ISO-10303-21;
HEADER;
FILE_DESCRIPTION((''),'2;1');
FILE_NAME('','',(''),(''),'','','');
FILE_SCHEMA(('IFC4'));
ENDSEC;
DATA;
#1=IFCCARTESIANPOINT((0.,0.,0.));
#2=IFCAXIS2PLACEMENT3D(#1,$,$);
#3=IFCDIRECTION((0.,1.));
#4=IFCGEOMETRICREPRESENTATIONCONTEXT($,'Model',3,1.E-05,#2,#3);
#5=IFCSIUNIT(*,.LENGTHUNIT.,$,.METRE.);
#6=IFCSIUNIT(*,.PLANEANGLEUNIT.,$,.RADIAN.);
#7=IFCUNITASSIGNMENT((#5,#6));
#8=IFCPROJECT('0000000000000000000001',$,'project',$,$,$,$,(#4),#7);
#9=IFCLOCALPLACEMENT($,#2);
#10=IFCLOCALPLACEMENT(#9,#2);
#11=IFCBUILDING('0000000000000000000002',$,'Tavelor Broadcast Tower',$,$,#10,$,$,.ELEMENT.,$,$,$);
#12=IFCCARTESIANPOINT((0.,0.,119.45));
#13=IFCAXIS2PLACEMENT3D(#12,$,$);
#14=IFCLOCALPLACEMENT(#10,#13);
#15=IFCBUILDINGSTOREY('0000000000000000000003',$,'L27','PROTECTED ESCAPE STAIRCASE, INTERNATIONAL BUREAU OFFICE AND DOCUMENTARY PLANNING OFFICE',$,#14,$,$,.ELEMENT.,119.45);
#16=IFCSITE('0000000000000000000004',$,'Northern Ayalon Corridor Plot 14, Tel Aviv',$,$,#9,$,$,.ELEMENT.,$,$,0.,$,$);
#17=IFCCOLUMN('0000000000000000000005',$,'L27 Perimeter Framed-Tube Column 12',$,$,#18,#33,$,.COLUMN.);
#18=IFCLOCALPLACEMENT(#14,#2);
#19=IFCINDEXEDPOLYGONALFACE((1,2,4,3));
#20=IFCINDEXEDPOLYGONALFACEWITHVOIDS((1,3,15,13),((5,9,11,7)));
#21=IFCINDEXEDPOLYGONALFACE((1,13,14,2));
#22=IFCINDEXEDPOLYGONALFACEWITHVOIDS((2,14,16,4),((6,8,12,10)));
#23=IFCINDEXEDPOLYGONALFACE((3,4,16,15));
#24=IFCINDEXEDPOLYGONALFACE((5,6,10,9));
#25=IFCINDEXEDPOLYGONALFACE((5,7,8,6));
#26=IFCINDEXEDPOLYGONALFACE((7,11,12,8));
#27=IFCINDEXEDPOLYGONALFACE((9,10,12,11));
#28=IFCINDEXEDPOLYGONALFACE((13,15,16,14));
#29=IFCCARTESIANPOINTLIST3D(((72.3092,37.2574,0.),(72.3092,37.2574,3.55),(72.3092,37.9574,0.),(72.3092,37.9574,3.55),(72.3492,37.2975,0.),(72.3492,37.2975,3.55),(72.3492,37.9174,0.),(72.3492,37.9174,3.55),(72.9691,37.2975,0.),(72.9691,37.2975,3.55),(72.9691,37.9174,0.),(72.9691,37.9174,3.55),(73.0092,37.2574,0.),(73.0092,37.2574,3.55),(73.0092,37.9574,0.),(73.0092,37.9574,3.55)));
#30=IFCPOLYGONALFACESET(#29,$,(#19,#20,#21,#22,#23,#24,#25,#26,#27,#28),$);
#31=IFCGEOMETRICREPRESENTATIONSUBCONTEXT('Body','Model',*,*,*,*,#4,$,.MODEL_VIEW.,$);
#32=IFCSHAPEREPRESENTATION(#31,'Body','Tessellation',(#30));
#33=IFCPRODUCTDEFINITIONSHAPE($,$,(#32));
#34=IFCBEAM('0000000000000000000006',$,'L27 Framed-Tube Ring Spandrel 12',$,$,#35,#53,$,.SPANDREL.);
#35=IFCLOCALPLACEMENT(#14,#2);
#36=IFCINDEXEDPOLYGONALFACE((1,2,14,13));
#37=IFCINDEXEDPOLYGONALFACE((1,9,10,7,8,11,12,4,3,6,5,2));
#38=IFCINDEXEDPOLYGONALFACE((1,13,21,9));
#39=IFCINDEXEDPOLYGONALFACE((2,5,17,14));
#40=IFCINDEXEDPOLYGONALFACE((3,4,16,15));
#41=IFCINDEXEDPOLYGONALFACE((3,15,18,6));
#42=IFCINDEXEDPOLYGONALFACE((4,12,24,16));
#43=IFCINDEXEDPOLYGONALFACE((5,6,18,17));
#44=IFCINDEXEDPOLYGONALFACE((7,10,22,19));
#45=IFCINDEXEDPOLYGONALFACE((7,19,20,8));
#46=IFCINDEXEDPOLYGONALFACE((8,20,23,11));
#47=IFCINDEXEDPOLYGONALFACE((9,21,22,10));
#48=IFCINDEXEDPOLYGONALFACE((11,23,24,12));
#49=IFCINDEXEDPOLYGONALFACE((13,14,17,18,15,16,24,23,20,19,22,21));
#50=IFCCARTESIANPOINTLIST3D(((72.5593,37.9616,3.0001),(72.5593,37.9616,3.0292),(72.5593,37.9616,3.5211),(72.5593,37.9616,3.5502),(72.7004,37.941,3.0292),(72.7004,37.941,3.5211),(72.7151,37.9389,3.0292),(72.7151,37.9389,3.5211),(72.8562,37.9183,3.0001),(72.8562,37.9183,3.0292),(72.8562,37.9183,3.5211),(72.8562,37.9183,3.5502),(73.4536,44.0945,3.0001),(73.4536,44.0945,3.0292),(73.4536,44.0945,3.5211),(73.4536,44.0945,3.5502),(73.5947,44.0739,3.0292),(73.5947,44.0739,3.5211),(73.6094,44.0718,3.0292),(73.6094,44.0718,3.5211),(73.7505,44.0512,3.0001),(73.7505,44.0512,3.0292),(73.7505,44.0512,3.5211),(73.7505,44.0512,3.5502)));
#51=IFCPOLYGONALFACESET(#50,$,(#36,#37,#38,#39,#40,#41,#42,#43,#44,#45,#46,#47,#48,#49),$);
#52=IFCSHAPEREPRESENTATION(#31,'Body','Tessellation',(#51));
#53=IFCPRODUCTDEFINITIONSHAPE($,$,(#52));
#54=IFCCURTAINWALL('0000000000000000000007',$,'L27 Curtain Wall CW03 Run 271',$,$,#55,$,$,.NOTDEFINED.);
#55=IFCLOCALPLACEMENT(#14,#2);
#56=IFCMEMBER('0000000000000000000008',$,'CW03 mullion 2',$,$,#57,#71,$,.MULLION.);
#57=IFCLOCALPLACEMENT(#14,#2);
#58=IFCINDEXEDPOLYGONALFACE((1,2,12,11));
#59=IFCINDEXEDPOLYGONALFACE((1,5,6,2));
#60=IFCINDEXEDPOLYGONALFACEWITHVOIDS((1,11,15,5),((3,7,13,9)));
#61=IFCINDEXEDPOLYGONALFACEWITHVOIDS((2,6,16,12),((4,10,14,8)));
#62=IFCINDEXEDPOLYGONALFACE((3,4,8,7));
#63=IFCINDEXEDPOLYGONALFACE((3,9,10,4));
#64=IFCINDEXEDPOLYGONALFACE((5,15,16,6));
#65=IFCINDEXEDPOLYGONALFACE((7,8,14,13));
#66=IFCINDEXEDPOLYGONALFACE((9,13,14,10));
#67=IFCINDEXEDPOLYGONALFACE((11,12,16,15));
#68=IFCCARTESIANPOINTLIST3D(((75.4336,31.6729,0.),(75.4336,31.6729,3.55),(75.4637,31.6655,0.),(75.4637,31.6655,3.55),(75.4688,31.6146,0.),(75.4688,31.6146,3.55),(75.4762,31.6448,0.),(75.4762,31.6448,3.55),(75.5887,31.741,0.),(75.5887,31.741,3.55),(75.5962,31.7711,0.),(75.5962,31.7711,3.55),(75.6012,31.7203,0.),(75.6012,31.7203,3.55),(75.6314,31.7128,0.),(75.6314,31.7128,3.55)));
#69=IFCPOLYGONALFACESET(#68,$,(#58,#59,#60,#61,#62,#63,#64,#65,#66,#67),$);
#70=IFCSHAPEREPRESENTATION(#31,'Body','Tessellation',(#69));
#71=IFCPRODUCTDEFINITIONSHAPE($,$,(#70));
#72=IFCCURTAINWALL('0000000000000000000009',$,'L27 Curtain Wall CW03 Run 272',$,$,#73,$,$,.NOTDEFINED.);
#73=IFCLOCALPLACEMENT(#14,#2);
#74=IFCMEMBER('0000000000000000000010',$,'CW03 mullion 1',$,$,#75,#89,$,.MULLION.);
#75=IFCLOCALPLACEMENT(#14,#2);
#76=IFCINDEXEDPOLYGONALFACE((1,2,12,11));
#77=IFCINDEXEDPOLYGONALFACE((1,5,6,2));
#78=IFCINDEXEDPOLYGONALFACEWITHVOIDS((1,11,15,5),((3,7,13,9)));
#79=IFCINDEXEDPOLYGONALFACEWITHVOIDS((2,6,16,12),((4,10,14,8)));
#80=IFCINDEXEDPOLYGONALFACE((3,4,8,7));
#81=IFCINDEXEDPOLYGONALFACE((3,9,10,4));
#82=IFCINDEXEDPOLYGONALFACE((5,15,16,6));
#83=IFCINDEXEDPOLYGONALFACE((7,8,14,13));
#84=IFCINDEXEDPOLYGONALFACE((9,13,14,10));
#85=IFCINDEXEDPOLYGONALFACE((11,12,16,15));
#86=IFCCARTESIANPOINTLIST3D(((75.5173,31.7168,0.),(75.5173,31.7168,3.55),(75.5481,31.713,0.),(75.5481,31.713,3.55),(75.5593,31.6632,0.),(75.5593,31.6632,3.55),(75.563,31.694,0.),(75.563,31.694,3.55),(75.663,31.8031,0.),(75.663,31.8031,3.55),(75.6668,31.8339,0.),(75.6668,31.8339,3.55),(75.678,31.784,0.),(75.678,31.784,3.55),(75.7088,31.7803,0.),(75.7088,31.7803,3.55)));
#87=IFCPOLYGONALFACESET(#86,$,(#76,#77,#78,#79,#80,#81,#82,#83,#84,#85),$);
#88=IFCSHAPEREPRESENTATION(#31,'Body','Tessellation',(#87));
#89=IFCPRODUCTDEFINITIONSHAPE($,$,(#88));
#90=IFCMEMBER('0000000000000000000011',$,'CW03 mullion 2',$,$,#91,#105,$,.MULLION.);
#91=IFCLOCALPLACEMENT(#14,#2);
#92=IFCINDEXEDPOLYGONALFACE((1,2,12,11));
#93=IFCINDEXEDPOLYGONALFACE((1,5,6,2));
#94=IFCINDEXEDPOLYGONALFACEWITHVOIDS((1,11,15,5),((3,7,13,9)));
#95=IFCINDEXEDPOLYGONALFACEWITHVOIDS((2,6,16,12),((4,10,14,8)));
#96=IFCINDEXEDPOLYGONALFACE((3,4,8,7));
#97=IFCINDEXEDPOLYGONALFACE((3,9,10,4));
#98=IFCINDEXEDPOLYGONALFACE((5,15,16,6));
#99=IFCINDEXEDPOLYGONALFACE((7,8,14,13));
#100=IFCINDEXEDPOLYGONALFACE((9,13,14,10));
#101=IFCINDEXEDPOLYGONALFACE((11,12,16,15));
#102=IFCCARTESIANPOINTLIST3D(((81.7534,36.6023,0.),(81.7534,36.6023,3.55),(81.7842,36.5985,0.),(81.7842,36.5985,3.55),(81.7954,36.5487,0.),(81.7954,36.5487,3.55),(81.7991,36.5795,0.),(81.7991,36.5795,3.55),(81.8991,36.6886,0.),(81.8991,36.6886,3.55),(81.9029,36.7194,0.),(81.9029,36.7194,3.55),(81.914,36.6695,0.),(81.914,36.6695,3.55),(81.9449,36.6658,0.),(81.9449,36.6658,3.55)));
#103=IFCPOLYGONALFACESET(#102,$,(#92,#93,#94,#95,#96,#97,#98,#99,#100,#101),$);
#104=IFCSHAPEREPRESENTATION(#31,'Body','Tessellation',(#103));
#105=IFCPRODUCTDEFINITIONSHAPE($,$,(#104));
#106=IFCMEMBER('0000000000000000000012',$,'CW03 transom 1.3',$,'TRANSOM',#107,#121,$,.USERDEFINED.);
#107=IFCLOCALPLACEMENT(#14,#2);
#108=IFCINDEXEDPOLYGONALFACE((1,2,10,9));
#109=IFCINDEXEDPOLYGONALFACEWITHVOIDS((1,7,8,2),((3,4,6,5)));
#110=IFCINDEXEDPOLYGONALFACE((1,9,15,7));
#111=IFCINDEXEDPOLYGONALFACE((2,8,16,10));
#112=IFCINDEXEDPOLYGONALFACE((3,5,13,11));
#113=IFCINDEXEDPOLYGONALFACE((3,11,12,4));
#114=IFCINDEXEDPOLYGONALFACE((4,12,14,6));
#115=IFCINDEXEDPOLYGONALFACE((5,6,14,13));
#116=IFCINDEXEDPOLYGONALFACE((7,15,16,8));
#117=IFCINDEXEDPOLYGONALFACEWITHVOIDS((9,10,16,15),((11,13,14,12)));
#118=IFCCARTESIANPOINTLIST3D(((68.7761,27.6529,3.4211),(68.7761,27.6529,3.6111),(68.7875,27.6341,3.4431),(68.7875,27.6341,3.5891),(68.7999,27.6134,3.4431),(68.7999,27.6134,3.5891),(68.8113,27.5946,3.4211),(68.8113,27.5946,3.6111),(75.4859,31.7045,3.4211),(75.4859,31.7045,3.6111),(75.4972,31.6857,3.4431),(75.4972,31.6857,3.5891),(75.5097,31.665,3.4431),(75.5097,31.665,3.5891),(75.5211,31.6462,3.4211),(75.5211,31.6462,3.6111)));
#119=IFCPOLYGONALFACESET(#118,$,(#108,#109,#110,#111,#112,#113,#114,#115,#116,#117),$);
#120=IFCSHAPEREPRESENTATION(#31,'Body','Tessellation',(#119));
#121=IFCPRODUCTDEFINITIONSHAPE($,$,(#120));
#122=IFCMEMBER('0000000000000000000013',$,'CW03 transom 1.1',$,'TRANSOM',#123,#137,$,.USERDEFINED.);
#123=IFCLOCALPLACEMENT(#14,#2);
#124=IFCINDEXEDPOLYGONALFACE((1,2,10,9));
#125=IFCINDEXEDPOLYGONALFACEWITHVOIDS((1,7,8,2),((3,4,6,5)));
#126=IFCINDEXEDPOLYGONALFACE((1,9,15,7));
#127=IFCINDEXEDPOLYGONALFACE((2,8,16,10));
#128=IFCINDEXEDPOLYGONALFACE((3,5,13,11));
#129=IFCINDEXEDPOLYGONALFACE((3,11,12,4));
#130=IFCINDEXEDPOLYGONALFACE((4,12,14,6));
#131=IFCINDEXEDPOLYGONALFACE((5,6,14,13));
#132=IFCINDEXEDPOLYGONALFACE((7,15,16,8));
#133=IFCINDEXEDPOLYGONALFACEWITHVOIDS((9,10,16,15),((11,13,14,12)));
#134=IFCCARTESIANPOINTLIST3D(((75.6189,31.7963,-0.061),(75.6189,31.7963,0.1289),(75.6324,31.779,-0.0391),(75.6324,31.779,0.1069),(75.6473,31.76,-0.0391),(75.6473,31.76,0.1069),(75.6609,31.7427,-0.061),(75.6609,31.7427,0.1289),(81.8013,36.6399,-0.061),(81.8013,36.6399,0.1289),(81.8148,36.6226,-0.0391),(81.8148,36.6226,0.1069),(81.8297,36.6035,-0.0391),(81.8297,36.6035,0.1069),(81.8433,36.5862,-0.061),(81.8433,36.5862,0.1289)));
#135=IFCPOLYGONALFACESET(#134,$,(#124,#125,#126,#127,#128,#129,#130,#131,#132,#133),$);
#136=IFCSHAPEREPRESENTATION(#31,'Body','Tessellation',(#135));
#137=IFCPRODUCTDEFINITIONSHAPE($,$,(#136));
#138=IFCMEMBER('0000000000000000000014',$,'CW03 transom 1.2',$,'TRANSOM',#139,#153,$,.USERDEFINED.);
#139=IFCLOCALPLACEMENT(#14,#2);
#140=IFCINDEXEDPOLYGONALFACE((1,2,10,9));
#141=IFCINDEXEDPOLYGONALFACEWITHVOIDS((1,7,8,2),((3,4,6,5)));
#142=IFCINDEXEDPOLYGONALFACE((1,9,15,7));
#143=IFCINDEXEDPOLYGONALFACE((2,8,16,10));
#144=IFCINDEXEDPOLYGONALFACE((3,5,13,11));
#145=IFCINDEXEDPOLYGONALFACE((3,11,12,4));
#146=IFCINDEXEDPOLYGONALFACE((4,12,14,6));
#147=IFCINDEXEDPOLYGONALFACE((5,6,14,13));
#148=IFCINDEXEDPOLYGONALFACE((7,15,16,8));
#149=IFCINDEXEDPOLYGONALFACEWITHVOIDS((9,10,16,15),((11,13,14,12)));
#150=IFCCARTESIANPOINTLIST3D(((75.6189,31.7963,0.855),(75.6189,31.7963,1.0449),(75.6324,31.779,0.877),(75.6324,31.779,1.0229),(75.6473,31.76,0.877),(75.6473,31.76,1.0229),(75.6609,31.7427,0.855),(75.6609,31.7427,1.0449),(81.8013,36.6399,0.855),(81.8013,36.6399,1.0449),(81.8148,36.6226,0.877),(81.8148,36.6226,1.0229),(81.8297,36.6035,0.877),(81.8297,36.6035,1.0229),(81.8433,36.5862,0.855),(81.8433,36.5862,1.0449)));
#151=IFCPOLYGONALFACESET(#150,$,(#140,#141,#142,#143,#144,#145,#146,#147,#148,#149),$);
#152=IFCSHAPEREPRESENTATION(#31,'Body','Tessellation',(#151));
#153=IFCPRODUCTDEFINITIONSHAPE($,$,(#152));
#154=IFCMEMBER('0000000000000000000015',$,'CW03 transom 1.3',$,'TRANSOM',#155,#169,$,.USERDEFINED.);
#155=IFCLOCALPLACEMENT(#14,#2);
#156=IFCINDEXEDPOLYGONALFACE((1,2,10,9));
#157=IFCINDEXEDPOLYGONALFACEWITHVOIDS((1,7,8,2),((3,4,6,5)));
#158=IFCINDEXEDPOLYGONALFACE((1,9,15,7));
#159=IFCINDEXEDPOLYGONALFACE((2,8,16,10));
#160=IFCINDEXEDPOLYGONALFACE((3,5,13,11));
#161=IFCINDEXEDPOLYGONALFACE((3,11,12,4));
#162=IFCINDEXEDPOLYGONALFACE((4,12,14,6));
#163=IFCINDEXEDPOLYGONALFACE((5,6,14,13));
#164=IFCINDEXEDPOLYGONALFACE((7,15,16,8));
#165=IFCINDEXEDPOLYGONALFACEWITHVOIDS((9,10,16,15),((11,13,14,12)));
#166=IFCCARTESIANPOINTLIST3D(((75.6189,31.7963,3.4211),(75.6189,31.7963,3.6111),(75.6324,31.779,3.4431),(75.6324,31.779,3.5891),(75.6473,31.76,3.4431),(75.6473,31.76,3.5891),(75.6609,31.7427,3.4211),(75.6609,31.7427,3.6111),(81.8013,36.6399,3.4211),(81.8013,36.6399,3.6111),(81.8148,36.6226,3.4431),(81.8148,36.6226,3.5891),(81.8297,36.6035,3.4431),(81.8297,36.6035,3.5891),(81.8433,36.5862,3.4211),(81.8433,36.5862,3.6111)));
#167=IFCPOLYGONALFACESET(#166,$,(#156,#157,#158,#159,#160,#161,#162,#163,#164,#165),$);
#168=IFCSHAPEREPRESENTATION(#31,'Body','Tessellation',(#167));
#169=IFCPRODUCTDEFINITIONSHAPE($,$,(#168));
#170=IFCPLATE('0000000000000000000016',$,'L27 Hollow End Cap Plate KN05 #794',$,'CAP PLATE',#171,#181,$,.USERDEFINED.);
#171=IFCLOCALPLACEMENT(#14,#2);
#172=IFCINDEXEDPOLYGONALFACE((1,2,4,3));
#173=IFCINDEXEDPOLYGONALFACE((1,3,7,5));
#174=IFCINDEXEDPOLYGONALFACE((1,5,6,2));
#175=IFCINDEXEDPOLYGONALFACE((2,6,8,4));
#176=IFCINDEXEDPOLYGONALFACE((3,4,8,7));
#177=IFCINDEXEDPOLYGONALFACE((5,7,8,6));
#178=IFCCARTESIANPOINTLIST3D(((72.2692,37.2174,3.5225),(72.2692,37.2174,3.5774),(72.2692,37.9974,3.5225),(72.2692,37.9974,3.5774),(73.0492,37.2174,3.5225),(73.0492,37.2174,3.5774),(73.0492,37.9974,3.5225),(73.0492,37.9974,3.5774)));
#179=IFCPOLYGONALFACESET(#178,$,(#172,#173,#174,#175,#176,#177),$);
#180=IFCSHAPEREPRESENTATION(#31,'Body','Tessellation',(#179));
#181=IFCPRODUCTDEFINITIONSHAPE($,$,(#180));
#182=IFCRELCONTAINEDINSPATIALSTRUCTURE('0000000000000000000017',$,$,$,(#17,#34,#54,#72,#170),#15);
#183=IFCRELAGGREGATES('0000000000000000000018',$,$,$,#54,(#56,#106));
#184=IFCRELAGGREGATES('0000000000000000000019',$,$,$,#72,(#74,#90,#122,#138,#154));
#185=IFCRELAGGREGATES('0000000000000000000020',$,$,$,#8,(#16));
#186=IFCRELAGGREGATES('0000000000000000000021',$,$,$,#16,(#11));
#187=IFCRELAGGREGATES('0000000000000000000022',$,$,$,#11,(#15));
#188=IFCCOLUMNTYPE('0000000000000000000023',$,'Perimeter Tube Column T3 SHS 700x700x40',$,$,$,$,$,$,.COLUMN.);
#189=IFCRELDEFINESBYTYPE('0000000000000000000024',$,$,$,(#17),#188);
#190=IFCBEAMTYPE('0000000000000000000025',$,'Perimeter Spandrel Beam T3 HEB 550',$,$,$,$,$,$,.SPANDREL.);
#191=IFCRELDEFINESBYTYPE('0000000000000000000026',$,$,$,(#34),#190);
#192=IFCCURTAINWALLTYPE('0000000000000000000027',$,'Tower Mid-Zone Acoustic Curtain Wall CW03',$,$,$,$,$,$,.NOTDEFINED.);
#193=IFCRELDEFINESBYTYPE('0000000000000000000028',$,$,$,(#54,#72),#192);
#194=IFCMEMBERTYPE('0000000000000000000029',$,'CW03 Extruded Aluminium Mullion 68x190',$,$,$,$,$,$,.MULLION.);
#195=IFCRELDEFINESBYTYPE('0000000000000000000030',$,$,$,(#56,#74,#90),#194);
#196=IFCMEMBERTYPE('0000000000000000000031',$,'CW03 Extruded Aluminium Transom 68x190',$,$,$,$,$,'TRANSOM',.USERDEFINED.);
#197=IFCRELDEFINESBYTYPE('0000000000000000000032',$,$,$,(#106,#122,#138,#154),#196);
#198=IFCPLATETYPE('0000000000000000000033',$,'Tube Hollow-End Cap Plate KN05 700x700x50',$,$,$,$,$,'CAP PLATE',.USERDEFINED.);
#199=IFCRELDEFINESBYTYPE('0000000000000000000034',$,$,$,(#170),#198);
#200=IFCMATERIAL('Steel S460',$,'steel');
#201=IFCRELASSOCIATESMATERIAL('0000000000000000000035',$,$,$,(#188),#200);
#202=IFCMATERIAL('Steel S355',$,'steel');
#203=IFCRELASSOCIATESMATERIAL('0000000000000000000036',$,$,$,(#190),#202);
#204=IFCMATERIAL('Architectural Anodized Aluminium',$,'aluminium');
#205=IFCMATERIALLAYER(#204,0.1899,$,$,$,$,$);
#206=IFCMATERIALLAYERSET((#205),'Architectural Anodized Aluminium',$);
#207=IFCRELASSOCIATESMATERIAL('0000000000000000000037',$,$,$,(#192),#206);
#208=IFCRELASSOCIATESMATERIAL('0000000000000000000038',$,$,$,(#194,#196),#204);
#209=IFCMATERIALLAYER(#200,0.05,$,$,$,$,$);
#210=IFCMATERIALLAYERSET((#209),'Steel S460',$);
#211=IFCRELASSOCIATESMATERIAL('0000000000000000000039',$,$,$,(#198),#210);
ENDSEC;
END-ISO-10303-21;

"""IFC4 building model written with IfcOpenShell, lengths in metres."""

from ifc_helpers import new_model, si_unit, direction, frame, origin, origin_2d, place, context, subcontext, project, spatial, rectangle, hollow_rectangle, i_section, extrude, source, transform, mapped, material, layer, layer_set, material_profile, profile_set, type_object, type_shapes, element, aggregate, save


model = new_model("IFC4")

# Units and contexts
model_context = context("Model", 3, precision=1e-05, world=origin(), true_north=direction((0.0, 1.0)))
body_context = subcontext(model_context, "Body", "Model", "MODEL_VIEW")
ifc_project = project(units=[si_unit("LENGTHUNIT", "METRE"), si_unit("PLANEANGLEUNIT", "RADIAN")], contexts=[model_context])

# Site, building, storey
site_placement = place(None, origin())
site = spatial("IfcSite", under=ifc_project, at=site_placement, Name="Northern Ayalon Corridor Plot 14, Tel Aviv", CompositionType="ELEMENT", RefElevation=0.0)
building_placement = place(site_placement, origin())
building = spatial("IfcBuilding", under=site, at=building_placement, Name="Tavelor Broadcast Tower", CompositionType="ELEMENT")
storey_placement = place(building_placement, frame((0.0, 0.0, 119.45)))
storey = spatial("IfcBuildingStorey", under=building, at=storey_placement, Name="L27", Description="PROTECTED ESCAPE STAIRCASE, INTERNATIONAL BUREAU OFFICE AND DOCUMENTARY PLANNING OFFICE", CompositionType="ELEMENT", Elevation=119.45)

# Column
ifc_material_1 = material(Name="Steel S460", Category="steel")
ifc_material_profile_1 = material_profile(ifc_material_1, hollow_rectangle(XDim=0.7, YDim=0.7, WallThickness=0.04, at=origin_2d()), Name="SHS 700x700x40")
ifc_profile_set_1 = profile_set([ifc_material_profile_1], Name="Steel S460")
column_type = type_object("IfcColumnType", Name="Perimeter Tube Column T3 SHS 700x700x40", PredefinedType="COLUMN", material=ifc_profile_set_1)
column_placement = place(storey_placement, frame((72.6592, 37.6074, 0.0), z_axis=(0.0, 0.0, 1.0), x_axis=(1.0, 0.0, 0.0)))
element("IfcColumn", 1, at=column_placement, inside=storey, type_object=column_type, Name="L27 Perimeter Framed-Tube Column 12", PredefinedType="COLUMN", context=body_context, shape_type="SweptSolid", body=[
    extrude(hollow_rectangle(XDim=0.7, YDim=0.7, WallThickness=0.04, at=origin_2d()), origin(), (0.0, 0.0, 1.0), 3.55),
])

# Beam
ifc_material_2 = material(Name="Steel S355", Category="steel")
ifc_material_profile_2 = material_profile(ifc_material_2, i_section(OverallWidth=0.3, OverallDepth=0.55, WebThickness=0.0149, FlangeThickness=0.0291, at=origin_2d()), Name="HEB 550")
ifc_profile_set_2 = profile_set([ifc_material_profile_2], Name="Steel S355")
beam_type = type_object("IfcBeamType", Name="Perimeter Spandrel Beam T3 HEB 550", PredefinedType="SPANDREL", material=ifc_profile_set_2)
beam_placement = place(storey_placement, frame((72.7078, 37.9399, 3.2751), z_axis=(0.144294, 0.989535, 0.0), x_axis=(-0.989535, 0.144294, 0.0)))
element("IfcBeam", 2, at=beam_placement, inside=storey, type_object=beam_type, Name="L27 Framed-Tube Ring Spandrel 12", PredefinedType="SPANDREL", context=body_context, shape_type="SweptSolid", body=[
    extrude(i_section(OverallWidth=0.3, OverallDepth=0.55, WebThickness=0.0149, FlangeThickness=0.0291, at=origin_2d()), origin(), (0.0, 0.0, 1.0), 6.1978),
])

# Curtain wall, member
ifc_material_3 = material(Name="Architectural Anodized Aluminium", Category="aluminium")
ifc_layer_1 = layer(ifc_material_3, 0.1899)
ifc_layer_set_1 = layer_set([ifc_layer_1], Name="Architectural Anodized Aluminium")
curtain_wall_type = type_object("IfcCurtainWallType", Name="Tower Mid-Zone Acoustic Curtain Wall CW03", PredefinedType="NOTDEFINED", material=ifc_layer_set_1)
curtain_wall_1_placement = place(storey_placement, origin())
curtain_wall_1 = element("IfcCurtainWall", 3, at=curtain_wall_1_placement, inside=storey, type_object=curtain_wall_type, Name="L27 Curtain Wall CW03 Run 271", PredefinedType="NOTDEFINED")
ifc_material_profile_3 = material_profile(ifc_material_3, hollow_rectangle(XDim=0.0681, YDim=0.1899, WallThickness=0.022, at=origin_2d()), Name="RHS 68x190x22")
ifc_profile_set_3 = profile_set([ifc_material_profile_3], Name="Architectural Anodized Aluminium")
member_type_1 = type_object("IfcMemberType", Name="CW03 Extruded Aluminium Mullion 68x190", PredefinedType="MULLION", material=ifc_profile_set_3)
shared_shape_1 = source(origin(), body_context, "Body", "SweptSolid", [
    extrude(hollow_rectangle(XDim=0.0681, YDim=0.1899, WallThickness=0.022, at=origin_2d()), origin(), (0.0, 0.0, 1.0), 3.55),
])
type_shapes(member_type_1, [shared_shape_1])
member_1_placement = place(storey_placement, frame((75.5325, 31.6929, 0.0), z_axis=(0.0, 0.0, 1.0), x_axis=(-0.516919, 0.856034, 0.0)))
member_1 = element("IfcMember", 4, at=member_1_placement, type_object=member_type_1, Name="CW03 mullion 2", PredefinedType="MULLION", context=body_context, shape_type="MappedRepresentation", body=[
    mapped(shared_shape_1, transform((0.0, 0.0, 0.0), scale=1.0)),
])

# Curtain wall, members
curtain_wall_2_placement = place(storey_placement, origin())
curtain_wall_2 = element("IfcCurtainWall", 5, at=curtain_wall_2_placement, inside=storey, type_object=curtain_wall_type, Name="L27 Curtain Wall CW03 Run 272", PredefinedType="NOTDEFINED")
member_2_placement = place(storey_placement, frame((75.613, 31.7485, 0.0), z_axis=(0.0, 0.0, 1.0), x_axis=(-0.616718, 0.787184, 0.0)))
member_2 = element("IfcMember", 6, at=member_2_placement, type_object=member_type_1, Name="CW03 mullion 1", PredefinedType="MULLION", context=body_context, shape_type="MappedRepresentation", body=[
    mapped(shared_shape_1, transform((0.0, 0.0, 0.0), scale=1.0)),
])
member_3_placement = place(storey_placement, frame((81.8491, 36.634, 0.0), z_axis=(0.0, 0.0, 1.0), x_axis=(-0.616718, 0.787184, 0.0)))
member_3 = element("IfcMember", 7, at=member_3_placement, type_object=member_type_1, Name="CW03 mullion 2", PredefinedType="MULLION", context=body_context, shape_type="MappedRepresentation", body=[
    mapped(shared_shape_1, transform((0.0, 0.0, 0.0), scale=1.0)),
])

# Members
ifc_material_profile_4 = material_profile(ifc_material_3, hollow_rectangle(XDim=0.0681, YDim=0.1899, WallThickness=0.022, at=origin_2d()), Name="RHS 68x190x22")
ifc_profile_set_4 = profile_set([ifc_material_profile_4], Name="Architectural Anodized Aluminium")
member_type_2 = type_object("IfcMemberType", Name="CW03 Extruded Aluminium Transom 68x190", ElementType="TRANSOM", PredefinedType="USERDEFINED", material=ifc_profile_set_4)
shared_shape_2 = source(origin(), body_context, "Body", "SweptSolid", [
    extrude(hollow_rectangle(XDim=0.0681, YDim=0.1899, WallThickness=0.022, at=origin_2d()), origin(), (0.0, 0.0, 1.0), 7.8381),
])
member_4_placement = place(storey_placement, frame((68.7937, 27.6238, 3.5161), z_axis=(0.856044, 0.516903, 0.0), x_axis=(-0.516903, 0.856044, 0.0)))
member_4 = element("IfcMember", 8, at=member_4_placement, type_object=member_type_2, Name="CW03 transom 1.3", ObjectType="TRANSOM", PredefinedType="USERDEFINED", context=body_context, shape_type="MappedRepresentation", body=[
    mapped(shared_shape_2, transform((0.0, 0.0, 0.0), scale=1.0)),
])
shared_shape_3 = source(origin(), body_context, "Body", "SweptSolid", [
    extrude(hollow_rectangle(XDim=0.0681, YDim=0.1899, WallThickness=0.022, at=origin_2d()), origin(), (0.0, 0.0, 1.0), 7.8538),
])
type_shapes(member_type_2, [shared_shape_2, shared_shape_3])
member_5_placement = place(storey_placement, frame((75.6399, 31.7695, 0.0339), z_axis=(0.787188, 0.616713, 0.0), x_axis=(-0.616713, 0.787188, 0.0)))
member_5 = element("IfcMember", 9, at=member_5_placement, type_object=member_type_2, Name="CW03 transom 1.1", ObjectType="TRANSOM", PredefinedType="USERDEFINED", context=body_context, shape_type="MappedRepresentation", body=[
    mapped(shared_shape_3, transform((0.0, 0.0, 0.0), scale=1.0)),
])
member_6_placement = place(storey_placement, frame((75.6399, 31.7695, 0.95), z_axis=(0.787188, 0.616713, 0.0), x_axis=(-0.616713, 0.787188, 0.0)))
member_6 = element("IfcMember", 10, at=member_6_placement, type_object=member_type_2, Name="CW03 transom 1.2", ObjectType="TRANSOM", PredefinedType="USERDEFINED", context=body_context, shape_type="MappedRepresentation", body=[
    mapped(shared_shape_3, transform((0.0, 0.0, 0.0), scale=1.0)),
])
member_7_placement = place(storey_placement, frame((75.6399, 31.7695, 3.5161), z_axis=(0.787188, 0.616713, 0.0), x_axis=(-0.616713, 0.787188, 0.0)))
member_7 = element("IfcMember", 11, at=member_7_placement, type_object=member_type_2, Name="CW03 transom 1.3", ObjectType="TRANSOM", PredefinedType="USERDEFINED", context=body_context, shape_type="MappedRepresentation", body=[
    mapped(shared_shape_3, transform((0.0, 0.0, 0.0), scale=1.0)),
])

# Plate
ifc_layer_2 = layer(ifc_material_1, 0.05)
ifc_layer_set_2 = layer_set([ifc_layer_2], Name="Steel S460")
plate_type_1 = type_object("IfcPlateType", Name="Tube Hollow-End Cap Plate KN05 700x700x50", ElementType="CAP PLATE", PredefinedType="USERDEFINED", material=ifc_layer_set_2)
shared_shape_4 = source(origin(), body_context, "Body", "SweptSolid", [
    extrude(rectangle(XDim=0.78, YDim=0.78, at=origin_2d()), origin(), (0.0, 0.0, 1.0), 0.0549),
])
type_shapes(plate_type_1, [shared_shape_4])
plate_1_placement = place(storey_placement, frame((72.6592, 37.6074, 3.5225), z_axis=(0.0, 0.0, 1.0), x_axis=(1.0, 0.0, 0.0)))
element("IfcPlate", 12, at=plate_1_placement, inside=storey, type_object=plate_type_1, Name="L27 Hollow End Cap Plate KN05 #794", ObjectType="CAP PLATE", PredefinedType="USERDEFINED", context=body_context, shape_type="MappedRepresentation", body=[
    mapped(shared_shape_4, transform((0.0, 0.0, 0.0), scale=1.0)),
])
aggregate(curtain_wall_1, [member_1, member_4])
aggregate(curtain_wall_2, [member_2, member_3, member_5, member_6, member_7])

save(model, "model.ifc")
